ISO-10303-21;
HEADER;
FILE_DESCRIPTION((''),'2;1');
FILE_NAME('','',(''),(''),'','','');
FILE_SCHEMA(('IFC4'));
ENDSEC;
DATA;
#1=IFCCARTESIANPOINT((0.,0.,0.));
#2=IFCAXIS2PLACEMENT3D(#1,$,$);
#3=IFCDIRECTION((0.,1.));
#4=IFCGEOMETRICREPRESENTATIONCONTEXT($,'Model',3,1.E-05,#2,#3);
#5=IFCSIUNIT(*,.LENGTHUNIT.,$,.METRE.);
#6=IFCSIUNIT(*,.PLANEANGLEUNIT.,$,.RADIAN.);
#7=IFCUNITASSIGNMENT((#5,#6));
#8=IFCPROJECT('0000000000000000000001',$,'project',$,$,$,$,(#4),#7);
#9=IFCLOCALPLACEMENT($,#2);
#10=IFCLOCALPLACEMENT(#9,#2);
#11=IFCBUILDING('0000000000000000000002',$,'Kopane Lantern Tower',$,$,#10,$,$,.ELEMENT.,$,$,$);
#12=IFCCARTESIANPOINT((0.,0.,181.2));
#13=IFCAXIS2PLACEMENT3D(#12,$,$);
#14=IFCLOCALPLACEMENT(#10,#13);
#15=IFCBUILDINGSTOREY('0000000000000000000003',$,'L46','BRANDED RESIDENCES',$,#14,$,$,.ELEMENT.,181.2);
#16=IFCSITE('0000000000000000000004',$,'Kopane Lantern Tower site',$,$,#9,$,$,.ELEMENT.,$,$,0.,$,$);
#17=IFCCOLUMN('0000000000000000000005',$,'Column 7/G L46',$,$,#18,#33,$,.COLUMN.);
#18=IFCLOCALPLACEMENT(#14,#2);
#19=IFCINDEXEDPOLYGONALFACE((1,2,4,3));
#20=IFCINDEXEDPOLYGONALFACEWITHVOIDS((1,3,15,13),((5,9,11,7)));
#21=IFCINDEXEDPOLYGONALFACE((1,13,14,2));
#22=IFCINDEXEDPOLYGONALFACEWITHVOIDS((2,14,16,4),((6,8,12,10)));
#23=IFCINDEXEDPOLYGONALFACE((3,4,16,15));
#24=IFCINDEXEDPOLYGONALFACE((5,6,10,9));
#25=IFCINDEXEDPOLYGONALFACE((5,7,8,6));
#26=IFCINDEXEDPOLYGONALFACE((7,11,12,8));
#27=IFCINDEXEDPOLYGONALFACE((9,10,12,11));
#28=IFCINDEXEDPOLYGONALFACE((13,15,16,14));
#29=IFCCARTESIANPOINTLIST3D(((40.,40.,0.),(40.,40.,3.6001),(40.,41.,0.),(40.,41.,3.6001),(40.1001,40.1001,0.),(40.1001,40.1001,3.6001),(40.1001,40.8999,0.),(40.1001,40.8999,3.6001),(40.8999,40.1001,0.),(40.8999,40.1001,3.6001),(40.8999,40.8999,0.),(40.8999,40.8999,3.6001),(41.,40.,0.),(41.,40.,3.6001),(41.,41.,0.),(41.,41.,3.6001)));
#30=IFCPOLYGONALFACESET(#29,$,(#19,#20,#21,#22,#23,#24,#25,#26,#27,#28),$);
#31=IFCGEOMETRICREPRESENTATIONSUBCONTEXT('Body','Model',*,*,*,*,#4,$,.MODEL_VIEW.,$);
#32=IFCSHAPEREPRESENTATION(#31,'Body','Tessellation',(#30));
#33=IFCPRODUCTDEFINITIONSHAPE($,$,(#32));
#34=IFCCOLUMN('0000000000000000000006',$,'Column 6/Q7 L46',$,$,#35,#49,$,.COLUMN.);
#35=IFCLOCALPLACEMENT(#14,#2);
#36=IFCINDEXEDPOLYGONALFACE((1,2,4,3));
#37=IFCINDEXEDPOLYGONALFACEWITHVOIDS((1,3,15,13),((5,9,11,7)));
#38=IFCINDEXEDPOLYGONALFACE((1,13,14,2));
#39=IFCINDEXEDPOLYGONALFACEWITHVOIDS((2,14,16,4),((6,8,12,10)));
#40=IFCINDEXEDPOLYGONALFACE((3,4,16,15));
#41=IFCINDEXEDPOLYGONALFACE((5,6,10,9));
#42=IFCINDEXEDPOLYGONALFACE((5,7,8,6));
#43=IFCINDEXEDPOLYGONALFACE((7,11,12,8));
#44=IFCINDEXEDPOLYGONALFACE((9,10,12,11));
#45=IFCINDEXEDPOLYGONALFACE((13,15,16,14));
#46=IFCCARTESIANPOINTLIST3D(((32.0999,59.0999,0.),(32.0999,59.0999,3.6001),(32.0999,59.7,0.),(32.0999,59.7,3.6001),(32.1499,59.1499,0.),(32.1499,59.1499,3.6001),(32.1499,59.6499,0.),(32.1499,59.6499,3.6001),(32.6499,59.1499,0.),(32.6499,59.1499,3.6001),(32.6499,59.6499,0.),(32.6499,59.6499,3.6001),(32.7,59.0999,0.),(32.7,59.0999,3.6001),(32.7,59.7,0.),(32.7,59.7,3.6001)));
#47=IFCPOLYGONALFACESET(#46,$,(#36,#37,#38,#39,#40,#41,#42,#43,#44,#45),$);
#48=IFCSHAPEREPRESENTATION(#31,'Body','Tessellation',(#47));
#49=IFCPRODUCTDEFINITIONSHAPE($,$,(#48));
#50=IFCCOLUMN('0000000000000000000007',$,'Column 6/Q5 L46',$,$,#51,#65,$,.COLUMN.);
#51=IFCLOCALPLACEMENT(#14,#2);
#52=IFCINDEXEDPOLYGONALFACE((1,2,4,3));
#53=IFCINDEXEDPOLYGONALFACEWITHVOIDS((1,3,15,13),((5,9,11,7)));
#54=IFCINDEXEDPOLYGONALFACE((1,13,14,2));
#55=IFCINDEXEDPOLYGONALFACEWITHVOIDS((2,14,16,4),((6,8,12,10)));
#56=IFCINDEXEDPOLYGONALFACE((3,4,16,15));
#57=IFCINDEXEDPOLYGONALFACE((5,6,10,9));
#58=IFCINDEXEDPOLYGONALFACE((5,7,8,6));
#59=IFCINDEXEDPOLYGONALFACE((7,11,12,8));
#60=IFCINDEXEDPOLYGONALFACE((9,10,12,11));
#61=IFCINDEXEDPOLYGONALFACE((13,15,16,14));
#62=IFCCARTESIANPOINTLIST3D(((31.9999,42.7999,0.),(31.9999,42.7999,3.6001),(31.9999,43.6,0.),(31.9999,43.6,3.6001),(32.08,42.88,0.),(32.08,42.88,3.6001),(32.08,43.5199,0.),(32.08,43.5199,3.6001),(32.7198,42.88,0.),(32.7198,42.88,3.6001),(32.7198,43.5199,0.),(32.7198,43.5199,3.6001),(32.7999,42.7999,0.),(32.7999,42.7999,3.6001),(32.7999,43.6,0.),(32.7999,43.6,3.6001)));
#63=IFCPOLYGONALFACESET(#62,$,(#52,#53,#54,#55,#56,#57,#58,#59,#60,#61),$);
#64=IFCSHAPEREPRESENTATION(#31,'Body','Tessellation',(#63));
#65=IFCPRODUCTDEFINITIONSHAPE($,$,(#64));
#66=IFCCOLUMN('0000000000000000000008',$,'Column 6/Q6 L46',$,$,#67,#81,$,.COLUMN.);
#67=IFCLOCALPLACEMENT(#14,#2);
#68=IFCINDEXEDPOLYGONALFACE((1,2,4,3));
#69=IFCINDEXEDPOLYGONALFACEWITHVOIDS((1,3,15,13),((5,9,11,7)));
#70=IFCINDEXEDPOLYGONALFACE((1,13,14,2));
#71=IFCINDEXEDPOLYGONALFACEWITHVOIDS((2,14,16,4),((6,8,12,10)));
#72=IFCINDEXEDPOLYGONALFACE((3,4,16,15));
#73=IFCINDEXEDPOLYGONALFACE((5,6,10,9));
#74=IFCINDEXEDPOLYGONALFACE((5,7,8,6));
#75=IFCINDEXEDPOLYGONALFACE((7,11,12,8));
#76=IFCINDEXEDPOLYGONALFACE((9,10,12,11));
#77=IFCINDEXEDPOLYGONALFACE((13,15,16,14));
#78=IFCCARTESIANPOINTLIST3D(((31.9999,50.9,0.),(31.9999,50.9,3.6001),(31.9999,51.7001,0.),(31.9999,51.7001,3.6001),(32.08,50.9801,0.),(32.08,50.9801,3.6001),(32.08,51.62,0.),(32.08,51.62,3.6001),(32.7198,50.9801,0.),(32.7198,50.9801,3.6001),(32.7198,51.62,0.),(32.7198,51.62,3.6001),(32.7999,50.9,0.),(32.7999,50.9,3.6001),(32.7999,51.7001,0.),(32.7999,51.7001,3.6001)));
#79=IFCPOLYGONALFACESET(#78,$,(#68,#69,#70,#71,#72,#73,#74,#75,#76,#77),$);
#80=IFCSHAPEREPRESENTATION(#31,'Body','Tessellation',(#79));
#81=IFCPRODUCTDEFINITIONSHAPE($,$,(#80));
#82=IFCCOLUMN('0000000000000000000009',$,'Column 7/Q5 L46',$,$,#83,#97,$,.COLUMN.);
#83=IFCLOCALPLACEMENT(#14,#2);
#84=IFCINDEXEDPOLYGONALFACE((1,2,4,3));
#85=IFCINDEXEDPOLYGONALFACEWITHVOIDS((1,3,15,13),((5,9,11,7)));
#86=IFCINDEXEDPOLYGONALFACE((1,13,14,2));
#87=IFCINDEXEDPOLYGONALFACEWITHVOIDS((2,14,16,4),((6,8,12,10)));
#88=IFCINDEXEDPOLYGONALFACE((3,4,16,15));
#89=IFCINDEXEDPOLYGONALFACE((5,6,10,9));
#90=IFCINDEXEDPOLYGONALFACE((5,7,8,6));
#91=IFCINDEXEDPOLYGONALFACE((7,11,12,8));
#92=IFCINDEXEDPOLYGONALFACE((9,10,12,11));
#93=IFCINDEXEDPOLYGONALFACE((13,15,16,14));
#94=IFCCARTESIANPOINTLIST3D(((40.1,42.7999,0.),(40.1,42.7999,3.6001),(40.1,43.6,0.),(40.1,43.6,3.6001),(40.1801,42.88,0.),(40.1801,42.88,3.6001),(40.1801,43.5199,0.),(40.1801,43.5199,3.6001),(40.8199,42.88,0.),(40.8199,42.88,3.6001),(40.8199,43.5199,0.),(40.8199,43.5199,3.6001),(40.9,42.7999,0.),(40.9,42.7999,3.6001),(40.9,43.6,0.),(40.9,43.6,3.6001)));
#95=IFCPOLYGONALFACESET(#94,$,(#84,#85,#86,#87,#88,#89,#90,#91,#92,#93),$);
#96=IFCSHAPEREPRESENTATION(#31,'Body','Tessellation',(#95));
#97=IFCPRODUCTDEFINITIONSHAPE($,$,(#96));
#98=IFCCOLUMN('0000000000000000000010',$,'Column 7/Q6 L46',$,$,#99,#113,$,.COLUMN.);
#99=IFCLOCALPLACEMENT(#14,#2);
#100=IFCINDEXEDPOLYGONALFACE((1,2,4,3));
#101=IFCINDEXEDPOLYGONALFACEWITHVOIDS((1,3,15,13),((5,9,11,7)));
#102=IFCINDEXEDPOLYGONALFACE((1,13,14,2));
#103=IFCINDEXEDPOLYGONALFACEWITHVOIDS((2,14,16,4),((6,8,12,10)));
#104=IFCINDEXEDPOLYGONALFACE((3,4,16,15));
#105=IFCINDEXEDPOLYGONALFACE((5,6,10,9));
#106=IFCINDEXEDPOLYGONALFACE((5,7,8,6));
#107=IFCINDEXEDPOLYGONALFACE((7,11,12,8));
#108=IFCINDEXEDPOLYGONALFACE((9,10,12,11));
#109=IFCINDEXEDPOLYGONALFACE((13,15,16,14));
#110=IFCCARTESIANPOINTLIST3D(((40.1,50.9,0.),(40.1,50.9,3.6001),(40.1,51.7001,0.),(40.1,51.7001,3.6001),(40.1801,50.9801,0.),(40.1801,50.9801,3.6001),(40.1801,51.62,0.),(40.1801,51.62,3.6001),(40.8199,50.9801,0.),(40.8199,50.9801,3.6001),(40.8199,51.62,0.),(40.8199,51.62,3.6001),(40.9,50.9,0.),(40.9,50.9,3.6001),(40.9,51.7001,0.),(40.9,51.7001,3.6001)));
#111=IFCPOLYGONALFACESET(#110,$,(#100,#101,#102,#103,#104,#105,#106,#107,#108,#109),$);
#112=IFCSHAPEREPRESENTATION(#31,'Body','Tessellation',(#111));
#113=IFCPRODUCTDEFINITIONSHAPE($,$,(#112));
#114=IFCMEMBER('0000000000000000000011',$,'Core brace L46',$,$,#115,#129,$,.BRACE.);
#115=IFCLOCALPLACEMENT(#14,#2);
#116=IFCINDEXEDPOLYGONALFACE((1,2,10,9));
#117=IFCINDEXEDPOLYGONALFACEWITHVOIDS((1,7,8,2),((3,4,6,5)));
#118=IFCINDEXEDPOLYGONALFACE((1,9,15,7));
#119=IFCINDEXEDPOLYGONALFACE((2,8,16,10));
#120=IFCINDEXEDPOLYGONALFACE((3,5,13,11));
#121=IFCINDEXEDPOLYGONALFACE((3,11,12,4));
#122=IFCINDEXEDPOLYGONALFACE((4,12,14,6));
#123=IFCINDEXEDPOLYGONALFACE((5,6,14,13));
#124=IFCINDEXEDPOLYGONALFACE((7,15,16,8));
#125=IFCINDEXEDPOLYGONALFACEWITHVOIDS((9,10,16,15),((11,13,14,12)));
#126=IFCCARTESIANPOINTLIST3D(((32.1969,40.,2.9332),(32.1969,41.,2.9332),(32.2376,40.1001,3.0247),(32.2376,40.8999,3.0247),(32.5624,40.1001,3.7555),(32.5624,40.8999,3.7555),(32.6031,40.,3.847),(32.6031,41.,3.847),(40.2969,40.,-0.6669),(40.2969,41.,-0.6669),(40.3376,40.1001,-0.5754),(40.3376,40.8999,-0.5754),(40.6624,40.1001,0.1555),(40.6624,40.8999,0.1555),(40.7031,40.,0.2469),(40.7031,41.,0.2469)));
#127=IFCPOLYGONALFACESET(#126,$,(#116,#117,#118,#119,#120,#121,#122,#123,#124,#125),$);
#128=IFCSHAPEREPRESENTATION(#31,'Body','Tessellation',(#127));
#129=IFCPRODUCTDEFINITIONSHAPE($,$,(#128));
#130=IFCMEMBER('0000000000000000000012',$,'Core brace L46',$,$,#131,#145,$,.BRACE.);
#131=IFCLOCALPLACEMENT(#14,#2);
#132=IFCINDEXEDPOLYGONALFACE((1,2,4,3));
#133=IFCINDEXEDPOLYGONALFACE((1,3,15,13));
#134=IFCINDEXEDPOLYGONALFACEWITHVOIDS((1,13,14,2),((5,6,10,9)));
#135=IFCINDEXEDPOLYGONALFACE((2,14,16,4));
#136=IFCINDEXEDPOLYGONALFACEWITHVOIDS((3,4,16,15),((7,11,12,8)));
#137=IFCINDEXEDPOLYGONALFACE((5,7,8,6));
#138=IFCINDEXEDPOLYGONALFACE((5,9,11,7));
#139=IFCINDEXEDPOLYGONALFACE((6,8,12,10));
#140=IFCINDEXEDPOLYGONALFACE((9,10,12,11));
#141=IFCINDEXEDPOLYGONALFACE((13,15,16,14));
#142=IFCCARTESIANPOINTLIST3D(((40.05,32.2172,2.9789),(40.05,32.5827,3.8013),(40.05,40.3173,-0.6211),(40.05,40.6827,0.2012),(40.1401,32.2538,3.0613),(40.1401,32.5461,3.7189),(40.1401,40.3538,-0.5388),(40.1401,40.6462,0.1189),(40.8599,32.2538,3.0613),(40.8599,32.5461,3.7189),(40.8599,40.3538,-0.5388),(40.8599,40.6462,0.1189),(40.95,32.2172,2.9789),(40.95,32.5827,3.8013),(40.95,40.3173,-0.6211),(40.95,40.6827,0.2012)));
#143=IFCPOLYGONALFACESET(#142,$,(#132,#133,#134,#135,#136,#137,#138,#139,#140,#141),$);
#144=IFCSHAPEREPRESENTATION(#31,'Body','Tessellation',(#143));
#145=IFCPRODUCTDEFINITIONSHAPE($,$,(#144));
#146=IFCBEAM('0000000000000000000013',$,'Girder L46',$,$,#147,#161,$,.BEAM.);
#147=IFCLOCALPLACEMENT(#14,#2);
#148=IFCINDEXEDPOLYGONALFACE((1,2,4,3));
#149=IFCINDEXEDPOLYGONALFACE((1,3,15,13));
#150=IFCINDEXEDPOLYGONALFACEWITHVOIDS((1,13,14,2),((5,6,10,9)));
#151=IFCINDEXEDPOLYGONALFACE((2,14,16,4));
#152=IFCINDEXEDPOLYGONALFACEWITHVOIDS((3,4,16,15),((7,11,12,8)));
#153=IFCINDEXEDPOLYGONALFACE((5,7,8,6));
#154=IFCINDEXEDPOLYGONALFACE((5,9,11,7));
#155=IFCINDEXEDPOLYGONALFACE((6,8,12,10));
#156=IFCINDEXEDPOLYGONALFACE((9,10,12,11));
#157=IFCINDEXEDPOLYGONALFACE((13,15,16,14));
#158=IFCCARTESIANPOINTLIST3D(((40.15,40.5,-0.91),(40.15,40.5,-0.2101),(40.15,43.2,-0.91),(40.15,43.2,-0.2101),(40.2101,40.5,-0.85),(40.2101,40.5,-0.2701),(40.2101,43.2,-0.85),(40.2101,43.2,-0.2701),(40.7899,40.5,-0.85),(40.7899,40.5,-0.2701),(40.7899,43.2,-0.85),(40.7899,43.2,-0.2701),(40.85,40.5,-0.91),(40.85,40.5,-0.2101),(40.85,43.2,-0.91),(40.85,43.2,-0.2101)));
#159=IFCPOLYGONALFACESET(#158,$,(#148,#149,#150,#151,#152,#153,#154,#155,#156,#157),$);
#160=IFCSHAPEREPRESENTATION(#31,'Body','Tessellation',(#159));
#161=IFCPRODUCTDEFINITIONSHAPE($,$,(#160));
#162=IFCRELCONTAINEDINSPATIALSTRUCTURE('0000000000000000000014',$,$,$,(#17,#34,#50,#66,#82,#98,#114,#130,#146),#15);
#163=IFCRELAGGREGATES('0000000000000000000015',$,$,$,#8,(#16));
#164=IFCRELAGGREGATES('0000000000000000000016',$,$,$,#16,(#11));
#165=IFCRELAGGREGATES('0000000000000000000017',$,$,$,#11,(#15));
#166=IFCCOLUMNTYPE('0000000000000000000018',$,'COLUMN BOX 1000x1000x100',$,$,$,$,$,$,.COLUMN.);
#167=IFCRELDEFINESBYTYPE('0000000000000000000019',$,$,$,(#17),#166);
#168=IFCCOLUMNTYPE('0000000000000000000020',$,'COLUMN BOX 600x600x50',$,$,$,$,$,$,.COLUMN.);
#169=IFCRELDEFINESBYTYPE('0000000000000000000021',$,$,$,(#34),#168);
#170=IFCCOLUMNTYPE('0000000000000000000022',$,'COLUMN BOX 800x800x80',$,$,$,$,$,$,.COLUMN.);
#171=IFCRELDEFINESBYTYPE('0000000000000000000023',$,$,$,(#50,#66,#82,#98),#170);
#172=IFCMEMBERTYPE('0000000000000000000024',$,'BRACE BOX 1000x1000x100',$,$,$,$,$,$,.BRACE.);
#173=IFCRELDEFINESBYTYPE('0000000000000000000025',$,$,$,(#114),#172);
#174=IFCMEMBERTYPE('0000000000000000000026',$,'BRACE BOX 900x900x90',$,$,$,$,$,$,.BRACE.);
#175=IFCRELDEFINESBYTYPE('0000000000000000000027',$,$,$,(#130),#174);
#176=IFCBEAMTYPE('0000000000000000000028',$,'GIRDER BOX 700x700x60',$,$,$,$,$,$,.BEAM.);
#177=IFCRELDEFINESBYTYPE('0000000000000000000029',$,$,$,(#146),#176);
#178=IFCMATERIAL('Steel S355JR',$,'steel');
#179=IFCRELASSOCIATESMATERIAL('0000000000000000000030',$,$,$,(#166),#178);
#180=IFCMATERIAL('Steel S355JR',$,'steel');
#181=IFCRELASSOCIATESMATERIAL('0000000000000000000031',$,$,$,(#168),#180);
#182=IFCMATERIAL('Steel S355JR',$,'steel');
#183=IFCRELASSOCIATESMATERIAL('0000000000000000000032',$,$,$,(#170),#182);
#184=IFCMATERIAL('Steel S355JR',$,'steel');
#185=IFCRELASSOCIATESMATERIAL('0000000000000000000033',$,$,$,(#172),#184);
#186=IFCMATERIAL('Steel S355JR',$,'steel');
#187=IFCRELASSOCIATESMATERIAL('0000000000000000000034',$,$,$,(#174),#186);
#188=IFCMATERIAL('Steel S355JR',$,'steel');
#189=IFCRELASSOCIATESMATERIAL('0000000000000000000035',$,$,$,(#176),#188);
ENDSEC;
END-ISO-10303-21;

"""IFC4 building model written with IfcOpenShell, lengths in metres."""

from ifc_helpers import new_model, si_unit, direction, frame, origin, origin_2d, place, context, subcontext, project, spatial, hollow_rectangle, extrude, material, material_profile, profile_set, type_object, element, save


model = new_model("IFC4")

# Units and contexts
model_context = context("Model", 3, precision=1e-05, world=origin(), true_north=direction((0.0, 1.0)))
body_context = subcontext(model_context, "Body", "Model", "MODEL_VIEW")
ifc_project = project(units=[si_unit("LENGTHUNIT", "METRE"), si_unit("PLANEANGLEUNIT", "RADIAN")], contexts=[model_context])

# Site, building, storey
site_placement = place(None, origin())
site = spatial("IfcSite", under=ifc_project, at=site_placement, Name="Kopane Lantern Tower site", CompositionType="ELEMENT", RefElevation=0.0)
building_placement = place(site_placement, origin())
building = spatial("IfcBuilding", under=site, at=building_placement, Name="Kopane Lantern Tower", CompositionType="ELEMENT")
storey_placement = place(building_placement, frame((0.0, 0.0, 181.2)))
storey = spatial("IfcBuildingStorey", under=building, at=storey_placement, Name="L46", Description="BRANDED RESIDENCES", CompositionType="ELEMENT", Elevation=181.2)

# Columns
ifc_material_1 = material(Name="Steel S355JR", Category="steel")
ifc_material_profile_1 = material_profile(ifc_material_1, hollow_rectangle(XDim=1.0, YDim=1.0, WallThickness=0.1001, at=origin_2d()), Name="BOX 1000x1000x100")
ifc_profile_set_1 = profile_set([ifc_material_profile_1], Name="Steel S355JR")
column_type_1 = type_object("IfcColumnType", Name="COLUMN BOX 1000x1000x100", PredefinedType="COLUMN", material=ifc_profile_set_1)
column_1_placement = place(storey_placement, frame((40.5, 40.5, 0.0), z_axis=(0.0, 0.0, 1.0), x_axis=(1.0, 0.0, 0.0)))
element("IfcColumn", 1, at=column_1_placement, inside=storey, type_object=column_type_1, Name="Column 7/G L46", PredefinedType="COLUMN", context=body_context, shape_type="SweptSolid", body=[
    extrude(hollow_rectangle(XDim=1.0, YDim=1.0, WallThickness=0.1001, at=origin_2d()), origin(), (0.0, 0.0, 1.0), 3.6001),
])
ifc_material_2 = material(Name="Steel S355JR", Category="steel")
ifc_material_profile_2 = material_profile(ifc_material_2, hollow_rectangle(XDim=0.6001, YDim=0.6001, WallThickness=0.05, at=origin_2d()), Name="BOX 600x600x50")
ifc_profile_set_2 = profile_set([ifc_material_profile_2], Name="Steel S355JR")
column_type_2 = type_object("IfcColumnType", Name="COLUMN BOX 600x600x50", PredefinedType="COLUMN", material=ifc_profile_set_2)
column_2_placement = place(storey_placement, frame((32.3999, 59.3999, 0.0), z_axis=(0.0, 0.0, 1.0), x_axis=(1.0, 0.0, 0.0)))
element("IfcColumn", 2, at=column_2_placement, inside=storey, type_object=column_type_2, Name="Column 6/Q7 L46", PredefinedType="COLUMN", context=body_context, shape_type="SweptSolid", body=[
    extrude(hollow_rectangle(XDim=0.6001, YDim=0.6001, WallThickness=0.05, at=origin_2d()), origin(), (0.0, 0.0, 1.0), 3.6001),
])
ifc_material_3 = material(Name="Steel S355JR", Category="steel")
ifc_material_profile_3 = material_profile(ifc_material_3, hollow_rectangle(XDim=0.8, YDim=0.8, WallThickness=0.0801, at=origin_2d()), Name="BOX 800x800x80")
ifc_profile_set_3 = profile_set([ifc_material_profile_3], Name="Steel S355JR")
column_type_3 = type_object("IfcColumnType", Name="COLUMN BOX 800x800x80", PredefinedType="COLUMN", material=ifc_profile_set_3)
for number, where, z_axis, x_axis, name in (
    (3, (32.3999, 43.2, 0.0), (0.0, 0.0, 1.0), (1.0, 0.0, 0.0), "Column 6/Q5 L46"),
    (4, (32.3999, 51.3, 0.0), (0.0, 0.0, 1.0), (1.0, 0.0, 0.0), "Column 6/Q6 L46"),
    (5, (40.5, 43.2, 0.0), (0.0, 0.0, 1.0), (1.0, 0.0, 0.0), "Column 7/Q5 L46"),
    (6, (40.5, 51.3, 0.0), (0.0, 0.0, 1.0), (1.0, 0.0, 0.0), "Column 7/Q6 L46"),
):
    element("IfcColumn", number, at=place(storey_placement, frame(where, z_axis=z_axis, x_axis=x_axis)), inside=storey, type_object=column_type_3, Name=name, PredefinedType="COLUMN", context=body_context, shape_type="SweptSolid", body=[
        extrude(hollow_rectangle(XDim=0.8, YDim=0.8, WallThickness=0.0801, at=origin_2d()), origin(), (0.0, 0.0, 1.0), 3.6001),
    ])

# Members
ifc_material_4 = material(Name="Steel S355JR", Category="steel")
ifc_material_profile_4 = material_profile(ifc_material_4, hollow_rectangle(XDim=1.0, YDim=1.0, WallThickness=0.1001, at=origin_2d()), Name="BOX 1000x1000x100")
ifc_profile_set_4 = profile_set([ifc_material_profile_4], Name="Steel S355JR")
member_type_1 = type_object("IfcMemberType", Name="BRACE BOX 1000x1000x100", PredefinedType="BRACE", material=ifc_profile_set_4)
member_1_placement = place(storey_placement, frame((40.5, 40.5, -0.21), z_axis=(-0.913809, 0.0, 0.406144), x_axis=(0.0, -1.0, 0.0)))
element("IfcMember", 7, at=member_1_placement, inside=storey, type_object=member_type_1, Name="Core brace L46", PredefinedType="BRACE", context=body_context, shape_type="SweptSolid", body=[
    extrude(hollow_rectangle(XDim=1.0, YDim=1.0, WallThickness=0.1001, at=origin_2d()), origin(), (0.0, 0.0, 1.0), 8.864),
])
ifc_material_5 = material(Name="Steel S355JR", Category="steel")
ifc_material_profile_5 = material_profile(ifc_material_5, hollow_rectangle(XDim=0.8999, YDim=0.8999, WallThickness=0.0901, at=origin_2d()), Name="BOX 900x900x90")
ifc_profile_set_5 = profile_set([ifc_material_profile_5], Name="Steel S355JR")
member_type_2 = type_object("IfcMemberType", Name="BRACE BOX 900x900x90", PredefinedType="BRACE", material=ifc_profile_set_5)
member_2_placement = place(storey_placement, frame((40.5, 40.5, -0.21), z_axis=(0.0, -0.913809, 0.406144), x_axis=(1.0, 0.0, 0.0)))
element("IfcMember", 8, at=member_2_placement, inside=storey, type_object=member_type_2, Name="Core brace L46", PredefinedType="BRACE", context=body_context, shape_type="SweptSolid", body=[
    extrude(hollow_rectangle(XDim=0.8999, YDim=0.8999, WallThickness=0.0901, at=origin_2d()), origin(), (0.0, 0.0, 1.0), 8.864),
])

# Beam
ifc_material_6 = material(Name="Steel S355JR", Category="steel")
ifc_material_profile_6 = material_profile(ifc_material_6, hollow_rectangle(XDim=0.7, YDim=0.7, WallThickness=0.0601, at=origin_2d()), Name="BOX 700x700x60")
ifc_profile_set_6 = profile_set([ifc_material_profile_6], Name="Steel S355JR")
beam_type_1 = type_object("IfcBeamType", Name="GIRDER BOX 700x700x60", PredefinedType="BEAM", material=ifc_profile_set_6)
beam_1_placement = place(storey_placement, frame((40.5, 40.5, -0.5601), z_axis=(0.0, 1.0, 0.0), x_axis=(-1.0, 0.0, 0.0)))
element("IfcBeam", 9, at=beam_1_placement, inside=storey, type_object=beam_type_1, Name="Girder L46", PredefinedType="BEAM", context=body_context, shape_type="SweptSolid", body=[
    extrude(hollow_rectangle(XDim=0.7, YDim=0.7, WallThickness=0.0601, at=origin_2d()), origin(), (0.0, 0.0, 1.0), 2.7),
])

save(model, "model.ifc")
